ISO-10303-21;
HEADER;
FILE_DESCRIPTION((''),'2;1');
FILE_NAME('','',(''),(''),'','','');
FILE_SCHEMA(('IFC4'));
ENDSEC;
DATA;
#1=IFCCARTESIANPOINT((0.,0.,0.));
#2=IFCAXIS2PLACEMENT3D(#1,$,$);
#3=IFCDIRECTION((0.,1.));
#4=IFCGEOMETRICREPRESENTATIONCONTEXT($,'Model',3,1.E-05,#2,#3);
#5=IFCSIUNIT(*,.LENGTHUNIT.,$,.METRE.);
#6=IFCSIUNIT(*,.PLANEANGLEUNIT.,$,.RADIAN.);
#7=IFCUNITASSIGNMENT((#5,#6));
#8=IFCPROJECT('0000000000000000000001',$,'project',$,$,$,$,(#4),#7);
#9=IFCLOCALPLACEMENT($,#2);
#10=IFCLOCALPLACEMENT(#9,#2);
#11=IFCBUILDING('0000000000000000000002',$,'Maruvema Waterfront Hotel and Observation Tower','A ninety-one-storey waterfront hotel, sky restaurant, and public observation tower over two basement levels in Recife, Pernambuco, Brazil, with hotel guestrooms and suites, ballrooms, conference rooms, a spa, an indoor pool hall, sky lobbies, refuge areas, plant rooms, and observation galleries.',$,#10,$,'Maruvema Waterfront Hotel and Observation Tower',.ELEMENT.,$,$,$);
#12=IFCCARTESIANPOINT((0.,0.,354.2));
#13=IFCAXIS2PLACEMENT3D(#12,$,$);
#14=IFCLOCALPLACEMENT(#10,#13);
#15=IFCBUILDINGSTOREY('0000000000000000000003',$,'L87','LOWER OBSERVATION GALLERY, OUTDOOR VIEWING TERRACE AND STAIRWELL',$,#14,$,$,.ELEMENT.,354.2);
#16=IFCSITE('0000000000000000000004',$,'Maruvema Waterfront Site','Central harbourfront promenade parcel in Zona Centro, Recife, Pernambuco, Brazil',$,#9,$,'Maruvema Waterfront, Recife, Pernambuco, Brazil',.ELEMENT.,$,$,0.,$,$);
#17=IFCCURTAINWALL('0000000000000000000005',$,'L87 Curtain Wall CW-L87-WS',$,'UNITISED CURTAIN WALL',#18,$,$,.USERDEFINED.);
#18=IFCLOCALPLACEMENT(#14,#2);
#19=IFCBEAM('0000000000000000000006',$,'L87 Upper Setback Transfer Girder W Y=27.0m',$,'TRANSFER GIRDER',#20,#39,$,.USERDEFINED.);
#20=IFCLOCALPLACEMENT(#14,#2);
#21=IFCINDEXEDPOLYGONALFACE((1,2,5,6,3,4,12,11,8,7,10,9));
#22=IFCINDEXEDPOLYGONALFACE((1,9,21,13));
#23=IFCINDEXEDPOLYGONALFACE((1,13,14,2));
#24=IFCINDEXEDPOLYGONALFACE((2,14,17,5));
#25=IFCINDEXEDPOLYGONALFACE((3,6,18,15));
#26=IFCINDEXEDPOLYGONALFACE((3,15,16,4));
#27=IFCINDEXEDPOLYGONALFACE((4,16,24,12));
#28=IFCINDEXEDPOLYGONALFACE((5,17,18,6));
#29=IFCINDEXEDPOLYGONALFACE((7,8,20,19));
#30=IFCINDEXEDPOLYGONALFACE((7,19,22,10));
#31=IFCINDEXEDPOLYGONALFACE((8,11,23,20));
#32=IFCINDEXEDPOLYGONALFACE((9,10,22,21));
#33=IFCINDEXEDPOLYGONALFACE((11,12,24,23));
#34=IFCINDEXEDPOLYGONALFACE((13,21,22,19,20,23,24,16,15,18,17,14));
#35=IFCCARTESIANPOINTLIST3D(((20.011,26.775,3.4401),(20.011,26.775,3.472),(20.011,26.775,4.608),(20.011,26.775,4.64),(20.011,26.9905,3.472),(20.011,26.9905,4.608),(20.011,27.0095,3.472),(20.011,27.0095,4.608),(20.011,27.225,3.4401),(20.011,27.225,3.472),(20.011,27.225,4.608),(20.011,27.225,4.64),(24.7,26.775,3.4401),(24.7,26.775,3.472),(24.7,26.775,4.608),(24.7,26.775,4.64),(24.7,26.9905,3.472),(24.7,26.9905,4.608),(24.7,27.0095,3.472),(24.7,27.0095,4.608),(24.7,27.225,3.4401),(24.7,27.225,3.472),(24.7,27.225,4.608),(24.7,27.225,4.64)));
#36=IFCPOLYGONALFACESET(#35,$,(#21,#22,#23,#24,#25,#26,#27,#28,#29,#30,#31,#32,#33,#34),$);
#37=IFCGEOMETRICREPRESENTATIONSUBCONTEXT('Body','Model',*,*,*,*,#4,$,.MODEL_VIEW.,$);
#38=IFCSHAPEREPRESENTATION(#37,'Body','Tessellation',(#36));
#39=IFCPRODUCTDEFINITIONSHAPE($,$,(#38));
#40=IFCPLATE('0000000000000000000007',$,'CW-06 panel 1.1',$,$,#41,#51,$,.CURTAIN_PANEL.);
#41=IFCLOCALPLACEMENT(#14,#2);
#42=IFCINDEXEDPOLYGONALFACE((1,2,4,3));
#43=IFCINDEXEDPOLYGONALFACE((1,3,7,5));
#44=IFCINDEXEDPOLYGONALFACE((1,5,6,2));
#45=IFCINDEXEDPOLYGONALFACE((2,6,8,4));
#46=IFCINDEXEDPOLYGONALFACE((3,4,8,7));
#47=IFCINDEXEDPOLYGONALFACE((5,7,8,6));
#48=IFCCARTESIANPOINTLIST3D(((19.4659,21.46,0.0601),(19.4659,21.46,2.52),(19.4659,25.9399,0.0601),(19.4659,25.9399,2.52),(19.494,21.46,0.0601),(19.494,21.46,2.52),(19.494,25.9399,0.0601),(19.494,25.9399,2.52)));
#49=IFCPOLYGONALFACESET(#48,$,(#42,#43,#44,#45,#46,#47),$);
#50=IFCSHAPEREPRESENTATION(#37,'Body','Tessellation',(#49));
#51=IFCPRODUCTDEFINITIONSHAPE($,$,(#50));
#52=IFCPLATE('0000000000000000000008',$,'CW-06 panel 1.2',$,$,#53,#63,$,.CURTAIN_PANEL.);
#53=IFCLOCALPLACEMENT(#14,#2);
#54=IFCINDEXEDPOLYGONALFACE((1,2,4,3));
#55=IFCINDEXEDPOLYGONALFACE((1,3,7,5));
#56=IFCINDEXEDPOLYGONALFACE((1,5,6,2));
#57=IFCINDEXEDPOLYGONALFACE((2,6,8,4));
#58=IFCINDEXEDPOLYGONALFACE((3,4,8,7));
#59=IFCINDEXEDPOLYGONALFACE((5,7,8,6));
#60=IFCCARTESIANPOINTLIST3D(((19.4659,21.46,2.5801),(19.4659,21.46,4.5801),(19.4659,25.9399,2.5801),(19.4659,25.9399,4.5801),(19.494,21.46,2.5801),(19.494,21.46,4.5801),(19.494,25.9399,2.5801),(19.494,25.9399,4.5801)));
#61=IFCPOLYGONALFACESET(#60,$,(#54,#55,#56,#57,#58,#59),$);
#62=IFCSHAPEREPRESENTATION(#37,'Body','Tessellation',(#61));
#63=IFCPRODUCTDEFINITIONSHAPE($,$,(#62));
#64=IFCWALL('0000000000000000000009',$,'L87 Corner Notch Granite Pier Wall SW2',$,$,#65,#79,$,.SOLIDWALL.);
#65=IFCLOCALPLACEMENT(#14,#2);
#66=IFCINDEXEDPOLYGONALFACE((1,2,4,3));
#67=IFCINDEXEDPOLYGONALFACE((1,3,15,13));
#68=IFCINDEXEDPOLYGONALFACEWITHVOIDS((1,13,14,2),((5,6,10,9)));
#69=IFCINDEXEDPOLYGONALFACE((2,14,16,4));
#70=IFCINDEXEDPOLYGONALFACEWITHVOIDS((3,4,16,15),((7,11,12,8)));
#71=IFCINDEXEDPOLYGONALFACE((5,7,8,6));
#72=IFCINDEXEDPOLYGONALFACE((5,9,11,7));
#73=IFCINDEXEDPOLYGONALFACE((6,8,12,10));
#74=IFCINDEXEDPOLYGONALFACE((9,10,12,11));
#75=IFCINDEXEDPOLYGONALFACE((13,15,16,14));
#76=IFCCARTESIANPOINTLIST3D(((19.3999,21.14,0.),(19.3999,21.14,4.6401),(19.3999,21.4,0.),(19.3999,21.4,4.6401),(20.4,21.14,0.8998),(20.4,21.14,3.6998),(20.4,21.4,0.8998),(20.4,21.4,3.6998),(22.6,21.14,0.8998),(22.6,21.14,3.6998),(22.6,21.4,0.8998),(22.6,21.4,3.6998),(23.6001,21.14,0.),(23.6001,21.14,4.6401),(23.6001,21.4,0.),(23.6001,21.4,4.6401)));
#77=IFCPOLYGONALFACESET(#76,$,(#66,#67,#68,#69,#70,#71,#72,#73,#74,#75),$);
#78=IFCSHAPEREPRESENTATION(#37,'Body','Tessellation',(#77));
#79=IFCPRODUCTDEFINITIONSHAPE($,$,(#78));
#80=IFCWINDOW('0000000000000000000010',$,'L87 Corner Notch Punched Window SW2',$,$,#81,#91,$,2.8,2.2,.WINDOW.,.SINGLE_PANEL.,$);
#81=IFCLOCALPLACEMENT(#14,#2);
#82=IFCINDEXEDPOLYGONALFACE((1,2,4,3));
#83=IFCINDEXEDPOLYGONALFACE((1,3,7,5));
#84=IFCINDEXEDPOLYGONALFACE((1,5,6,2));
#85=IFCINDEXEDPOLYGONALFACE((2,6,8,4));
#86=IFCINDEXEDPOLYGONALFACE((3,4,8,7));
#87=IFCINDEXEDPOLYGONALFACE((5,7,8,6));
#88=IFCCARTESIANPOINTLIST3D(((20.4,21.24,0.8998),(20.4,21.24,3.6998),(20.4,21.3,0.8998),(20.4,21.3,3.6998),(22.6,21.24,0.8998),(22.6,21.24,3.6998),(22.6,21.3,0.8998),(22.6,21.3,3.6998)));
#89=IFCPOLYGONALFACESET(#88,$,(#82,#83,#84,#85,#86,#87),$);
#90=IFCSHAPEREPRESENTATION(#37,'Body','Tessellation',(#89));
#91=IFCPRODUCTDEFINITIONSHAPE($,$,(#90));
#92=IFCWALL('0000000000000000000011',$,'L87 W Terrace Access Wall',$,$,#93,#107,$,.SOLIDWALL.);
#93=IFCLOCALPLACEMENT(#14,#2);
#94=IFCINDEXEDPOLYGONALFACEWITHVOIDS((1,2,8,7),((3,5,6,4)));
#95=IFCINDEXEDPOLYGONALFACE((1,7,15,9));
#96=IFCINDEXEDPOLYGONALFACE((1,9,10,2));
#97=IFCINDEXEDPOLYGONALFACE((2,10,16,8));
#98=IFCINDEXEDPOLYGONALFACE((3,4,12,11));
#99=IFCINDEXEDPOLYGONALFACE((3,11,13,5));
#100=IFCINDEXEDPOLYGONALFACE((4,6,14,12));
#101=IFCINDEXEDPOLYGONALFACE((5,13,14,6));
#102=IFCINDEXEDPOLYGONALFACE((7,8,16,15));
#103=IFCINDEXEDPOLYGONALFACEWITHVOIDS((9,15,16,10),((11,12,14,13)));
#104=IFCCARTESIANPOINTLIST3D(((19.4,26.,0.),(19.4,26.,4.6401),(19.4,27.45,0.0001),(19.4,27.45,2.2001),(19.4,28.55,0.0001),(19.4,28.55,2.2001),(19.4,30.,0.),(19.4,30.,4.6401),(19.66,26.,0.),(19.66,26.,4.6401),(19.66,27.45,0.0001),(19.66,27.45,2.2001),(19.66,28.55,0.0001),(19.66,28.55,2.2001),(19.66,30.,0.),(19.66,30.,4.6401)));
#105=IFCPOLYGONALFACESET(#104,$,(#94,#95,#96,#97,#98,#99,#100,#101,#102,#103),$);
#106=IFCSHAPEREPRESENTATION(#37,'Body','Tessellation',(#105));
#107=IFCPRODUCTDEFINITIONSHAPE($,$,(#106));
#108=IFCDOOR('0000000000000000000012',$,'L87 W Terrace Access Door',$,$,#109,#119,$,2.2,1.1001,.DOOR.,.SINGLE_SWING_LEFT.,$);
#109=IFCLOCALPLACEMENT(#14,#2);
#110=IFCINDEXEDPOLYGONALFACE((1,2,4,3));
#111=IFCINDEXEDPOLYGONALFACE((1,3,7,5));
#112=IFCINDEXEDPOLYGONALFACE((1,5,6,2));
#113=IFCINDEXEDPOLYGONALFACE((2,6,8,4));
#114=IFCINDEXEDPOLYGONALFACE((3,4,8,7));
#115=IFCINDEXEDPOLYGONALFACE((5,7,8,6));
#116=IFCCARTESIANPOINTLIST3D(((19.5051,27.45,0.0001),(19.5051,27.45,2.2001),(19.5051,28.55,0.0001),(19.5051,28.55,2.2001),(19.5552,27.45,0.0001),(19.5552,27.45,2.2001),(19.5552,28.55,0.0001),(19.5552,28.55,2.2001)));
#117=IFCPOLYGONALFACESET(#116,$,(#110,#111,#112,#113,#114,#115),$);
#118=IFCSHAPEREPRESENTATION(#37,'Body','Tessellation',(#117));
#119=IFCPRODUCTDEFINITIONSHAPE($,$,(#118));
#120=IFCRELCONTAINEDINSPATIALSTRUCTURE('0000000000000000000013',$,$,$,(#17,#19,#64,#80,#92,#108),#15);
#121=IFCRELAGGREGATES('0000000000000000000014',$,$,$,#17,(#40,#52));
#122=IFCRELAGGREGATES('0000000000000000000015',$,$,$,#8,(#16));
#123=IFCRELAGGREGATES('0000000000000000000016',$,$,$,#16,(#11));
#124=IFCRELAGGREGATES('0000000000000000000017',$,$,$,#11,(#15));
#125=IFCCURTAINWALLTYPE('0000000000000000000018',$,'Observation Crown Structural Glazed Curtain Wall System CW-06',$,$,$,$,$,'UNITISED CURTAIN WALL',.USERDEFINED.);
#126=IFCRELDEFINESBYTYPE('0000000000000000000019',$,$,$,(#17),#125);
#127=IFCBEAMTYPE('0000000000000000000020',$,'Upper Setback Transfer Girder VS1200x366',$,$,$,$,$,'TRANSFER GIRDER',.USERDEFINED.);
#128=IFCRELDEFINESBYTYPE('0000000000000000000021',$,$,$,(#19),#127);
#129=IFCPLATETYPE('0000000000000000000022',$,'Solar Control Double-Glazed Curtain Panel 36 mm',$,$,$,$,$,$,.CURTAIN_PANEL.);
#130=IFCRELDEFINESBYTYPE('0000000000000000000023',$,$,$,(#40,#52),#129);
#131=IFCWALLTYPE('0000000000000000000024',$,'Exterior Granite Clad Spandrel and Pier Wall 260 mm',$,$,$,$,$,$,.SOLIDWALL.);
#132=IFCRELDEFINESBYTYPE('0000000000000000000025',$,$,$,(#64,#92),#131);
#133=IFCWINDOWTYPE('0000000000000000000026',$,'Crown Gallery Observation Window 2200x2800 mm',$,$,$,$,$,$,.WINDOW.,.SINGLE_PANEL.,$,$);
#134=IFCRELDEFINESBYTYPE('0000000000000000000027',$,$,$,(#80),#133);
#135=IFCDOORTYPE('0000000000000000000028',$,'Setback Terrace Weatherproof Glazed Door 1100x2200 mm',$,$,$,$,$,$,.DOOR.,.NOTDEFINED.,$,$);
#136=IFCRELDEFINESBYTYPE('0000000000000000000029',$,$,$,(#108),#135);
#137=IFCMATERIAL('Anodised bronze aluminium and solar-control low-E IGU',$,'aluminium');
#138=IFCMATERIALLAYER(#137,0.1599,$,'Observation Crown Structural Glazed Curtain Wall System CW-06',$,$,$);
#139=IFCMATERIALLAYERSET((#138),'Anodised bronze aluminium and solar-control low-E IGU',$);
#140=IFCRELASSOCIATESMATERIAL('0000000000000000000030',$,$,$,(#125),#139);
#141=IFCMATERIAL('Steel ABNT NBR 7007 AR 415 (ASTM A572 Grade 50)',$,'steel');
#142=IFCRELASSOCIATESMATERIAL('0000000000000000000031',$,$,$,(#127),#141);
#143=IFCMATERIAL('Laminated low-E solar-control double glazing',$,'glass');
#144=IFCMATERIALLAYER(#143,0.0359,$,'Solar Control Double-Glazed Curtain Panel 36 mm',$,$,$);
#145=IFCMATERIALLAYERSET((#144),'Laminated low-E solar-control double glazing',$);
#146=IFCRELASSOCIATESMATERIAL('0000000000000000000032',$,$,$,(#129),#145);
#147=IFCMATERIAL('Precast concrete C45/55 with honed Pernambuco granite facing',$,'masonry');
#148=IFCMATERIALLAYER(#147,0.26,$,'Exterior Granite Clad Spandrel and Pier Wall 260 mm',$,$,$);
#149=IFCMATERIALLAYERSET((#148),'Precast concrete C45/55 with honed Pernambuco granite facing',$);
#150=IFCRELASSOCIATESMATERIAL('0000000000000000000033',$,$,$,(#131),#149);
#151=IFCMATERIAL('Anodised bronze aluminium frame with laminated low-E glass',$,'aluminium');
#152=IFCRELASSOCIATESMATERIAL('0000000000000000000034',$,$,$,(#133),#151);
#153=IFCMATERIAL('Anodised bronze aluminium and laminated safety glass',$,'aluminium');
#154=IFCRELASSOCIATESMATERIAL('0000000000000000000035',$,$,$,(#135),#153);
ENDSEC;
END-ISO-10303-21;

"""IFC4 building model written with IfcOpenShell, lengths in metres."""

from ifc_helpers import new_model, si_unit, direction, frame, frame_2d, origin, origin_2d, place, context, subcontext, project, spatial, rectangle, i_section, extrude, material, layer, layer_set, material_profile, profile_set, type_object, element, fill, aggregate, save


model = new_model("IFC4")

# Units and contexts
model_context = context("Model", 3, precision=1e-05, world=origin(), true_north=direction((0.0, 1.0)))
body_context = subcontext(model_context, "Body", "Model", "MODEL_VIEW")
ifc_project = project(units=[si_unit("LENGTHUNIT", "METRE"), si_unit("PLANEANGLEUNIT", "RADIAN")], contexts=[model_context])

# Site, building, storey
site_placement = place(None, origin())
site = spatial("IfcSite", under=ifc_project, at=site_placement, Name="Maruvema Waterfront Site", Description="Central harbourfront promenade parcel in Zona Centro, Recife, Pernambuco, Brazil", LongName="Maruvema Waterfront, Recife, Pernambuco, Brazil", CompositionType="ELEMENT", RefElevation=0.0)
building_placement = place(site_placement, origin())
building = spatial("IfcBuilding", under=site, at=building_placement, Name="Maruvema Waterfront Hotel and Observation Tower", Description="A ninety-one-storey waterfront hotel, sky restaurant, and public observation tower over two basement levels in Recife, Pernambuco, Brazil, with hotel guestrooms and suites, ballrooms, conference rooms, a spa, an indoor pool hall, sky lobbies, refuge areas, plant rooms, and observation galleries.", LongName="Maruvema Waterfront Hotel and Observation Tower", CompositionType="ELEMENT")
storey_placement = place(building_placement, frame((0.0, 0.0, 354.2)))
storey = spatial("IfcBuildingStorey", under=building, at=storey_placement, Name="L87", Description="LOWER OBSERVATION GALLERY, OUTDOOR VIEWING TERRACE AND STAIRWELL", CompositionType="ELEMENT", Elevation=354.2)

# Curtain wall
ifc_material_1 = material(Name="Anodised bronze aluminium and solar-control low-E IGU", Category="aluminium")
ifc_layer_1 = layer(ifc_material_1, 0.1599, Name="Observation Crown Structural Glazed Curtain Wall System CW-06")
ifc_layer_set_1 = layer_set([ifc_layer_1], Name="Anodised bronze aluminium and solar-control low-E IGU")
curtain_wall_type = type_object("IfcCurtainWallType", Name="Observation Crown Structural Glazed Curtain Wall System CW-06", ElementType="UNITISED CURTAIN WALL", PredefinedType="USERDEFINED", material=ifc_layer_set_1)
curtain_wall_placement = place(storey_placement, origin())
curtain_wall = element("IfcCurtainWall", 1, at=curtain_wall_placement, inside=storey, type_object=curtain_wall_type, Name="L87 Curtain Wall CW-L87-WS", ObjectType="UNITISED CURTAIN WALL", PredefinedType="USERDEFINED")

# Beam
ifc_material_2 = material(Name="Steel ABNT NBR 7007 AR 415 (ASTM A572 Grade 50)", Category="steel")
ifc_material_profile_1 = material_profile(ifc_material_2, i_section(OverallWidth=0.45, OverallDepth=1.2, WebThickness=0.019, FlangeThickness=0.032, at=origin_2d()), Name="VS1200x366")
ifc_profile_set_1 = profile_set([ifc_material_profile_1], Name="Steel ABNT NBR 7007 AR 415 (ASTM A572 Grade 50)")
beam_type_1 = type_object("IfcBeamType", Name="Upper Setback Transfer Girder VS1200x366", ElementType="TRANSFER GIRDER", PredefinedType="USERDEFINED", material=ifc_profile_set_1)
beam_1_placement = place(storey_placement, frame((20.011, 27.0, 4.04), z_axis=(1.0, 0.0, 0.0), x_axis=(0.0, 1.0, 0.0)))
element("IfcBeam", 2, at=beam_1_placement, inside=storey, type_object=beam_type_1, Name="L87 Upper Setback Transfer Girder W Y=27.0m", ObjectType="TRANSFER GIRDER", PredefinedType="USERDEFINED", context=body_context, shape_type="SweptSolid", body=[
    extrude(i_section(OverallWidth=0.45, OverallDepth=1.2, WebThickness=0.019, FlangeThickness=0.032, at=origin_2d()), origin(), (0.0, 0.0, 1.0), 4.689),
])

# Plates
ifc_material_3 = material(Name="Laminated low-E solar-control double glazing", Category="glass")
ifc_layer_2 = layer(ifc_material_3, 0.0359, Name="Solar Control Double-Glazed Curtain Panel 36 mm")
ifc_layer_set_2 = layer_set([ifc_layer_2], Name="Laminated low-E solar-control double glazing")
plate_type = type_object("IfcPlateType", Name="Solar Control Double-Glazed Curtain Panel 36 mm", PredefinedType="CURTAIN_PANEL", material=ifc_layer_set_2)
plate_1_placement = place(storey_placement, frame((19.48, 23.7, 0.0601), z_axis=(0.0, 0.0, 1.0), x_axis=(0.0, -1.0, 0.0)))
plate_1 = element("IfcPlate", 3, at=plate_1_placement, type_object=plate_type, Name="CW-06 panel 1.1", PredefinedType="CURTAIN_PANEL", context=body_context, shape_type="SweptSolid", body=[
    extrude(rectangle(XDim=4.48, YDim=0.0281, at=origin_2d()), origin(), (0.0, 0.0, 1.0), 2.46),
])
plate_2_placement = place(storey_placement, frame((19.48, 23.7, 2.5801), z_axis=(0.0, 0.0, 1.0), x_axis=(0.0, -1.0, 0.0)))
plate_2 = element("IfcPlate", 4, at=plate_2_placement, type_object=plate_type, Name="CW-06 panel 1.2", PredefinedType="CURTAIN_PANEL", context=body_context, shape_type="SweptSolid", body=[
    extrude(rectangle(XDim=4.48, YDim=0.0281, at=origin_2d()), origin(), (0.0, 0.0, 1.0), 2.0),
])
aggregate(curtain_wall, [plate_1, plate_2])

# Wall, opening, window
ifc_material_4 = material(Name="Precast concrete C45/55 with honed Pernambuco granite facing", Category="masonry")
ifc_layer_3 = layer(ifc_material_4, 0.26, Name="Exterior Granite Clad Spandrel and Pier Wall 260 mm")
ifc_layer_set_3 = layer_set([ifc_layer_3], Name="Precast concrete C45/55 with honed Pernambuco granite facing")
wall_type = type_object("IfcWallType", Name="Exterior Granite Clad Spandrel and Pier Wall 260 mm", PredefinedType="SOLIDWALL", material=ifc_layer_set_3)
wall_1_placement = place(storey_placement, frame((23.6001, 21.27, 0.0), z_axis=(0.0, 0.0, 1.0), x_axis=(-1.0, 0.0, 0.0)))
wall_1 = element("IfcWall", 5, at=wall_1_placement, inside=storey, type_object=wall_type, Name="L87 Corner Notch Granite Pier Wall SW2", PredefinedType="SOLIDWALL", context=body_context, shape_type="SweptSolid", body=[
    extrude(rectangle(XDim=4.2002, YDim=0.26, at=frame_2d((2.1001, 0.0))), origin(), (0.0, 0.0, 1.0), 4.6401),
])
opening_1_placement = place(wall_1_placement, frame((1.0, 0.0, 0.8999)))
opening_1 = element("IfcOpeningElement", 6, at=opening_1_placement, cuts=wall_1, PredefinedType="OPENING", context=body_context, shape_type="SweptSolid", body=[
    extrude(rectangle(XDim=2.2, YDim=2.8, at=frame_2d((1.1001, 1.3999))), frame((0.0, 0.1401, 0.0), z_axis=(0.0, -1.0, 0.0), x_axis=(1.0, 0.0, 0.0)), (0.0, 0.0, 1.0), 0.28),
])
ifc_material_5 = material(Name="Anodised bronze aluminium frame with laminated low-E glass", Category="aluminium")
window_type = type_object("IfcWindowType", Name="Crown Gallery Observation Window 2200x2800 mm", PartitioningType="SINGLE_PANEL", PredefinedType="WINDOW", material=ifc_material_5)
window_placement = place(opening_1_placement, origin())
window = element("IfcWindow", 7, at=window_placement, inside=storey, type_object=window_type, Name="L87 Corner Notch Punched Window SW2", OverallHeight=2.8, OverallWidth=2.2, PartitioningType="SINGLE_PANEL", PredefinedType="WINDOW", context=body_context, shape_type="SweptSolid", body=[
    extrude(rectangle(XDim=2.2, YDim=2.8, at=frame_2d((1.1001, 1.3999))), frame((0.0, 0.03, 0.0), z_axis=(0.0, -1.0, 0.0), x_axis=(1.0, 0.0, 0.0)), (0.0, 0.0, 1.0), 0.0601),
])
fill(opening_1, window)

# Wall, opening, door
wall_2_placement = place(storey_placement, frame((19.53, 26.0, 0.0), z_axis=(0.0, 0.0, 1.0), x_axis=(0.0, 1.0, 0.0)))
wall_2 = element("IfcWall", 8, at=wall_2_placement, inside=storey, type_object=wall_type, Name="L87 W Terrace Access Wall", PredefinedType="SOLIDWALL", context=body_context, shape_type="SweptSolid", body=[
    extrude(rectangle(XDim=4.0, YDim=0.26, at=frame_2d((2.0, 0.0))), origin(), (0.0, 0.0, 1.0), 4.6401),
])
opening_2_placement = place(wall_2_placement, frame((1.45, 0.0, 0.0)))
opening_2 = element("IfcOpeningElement", 9, at=opening_2_placement, cuts=wall_2, PredefinedType="OPENING", context=body_context, shape_type="SweptSolid", body=[
    extrude(rectangle(XDim=1.1001, YDim=2.2, at=frame_2d((0.55, 1.1001))), frame((0.0, 0.1401, 0.0), z_axis=(0.0, -1.0, 0.0), x_axis=(1.0, 0.0, 0.0)), (0.0, 0.0, 1.0), 0.28),
])
ifc_material_6 = material(Name="Anodised bronze aluminium and laminated safety glass", Category="aluminium")
door_type = type_object("IfcDoorType", Name="Setback Terrace Weatherproof Glazed Door 1100x2200 mm", OperationType="NOTDEFINED", PredefinedType="DOOR", material=ifc_material_6)
door_placement = place(opening_2_placement, origin())
door = element("IfcDoor", 10, at=door_placement, inside=storey, type_object=door_type, Name="L87 W Terrace Access Door", OperationType="SINGLE_SWING_LEFT", OverallHeight=2.2, OverallWidth=1.1001, PredefinedType="DOOR", context=body_context, shape_type="SweptSolid", body=[
    extrude(rectangle(XDim=1.1001, YDim=2.2, at=frame_2d((0.55, 1.1001))), frame((0.0, 0.0249, 0.0), z_axis=(0.0, -1.0, 0.0), x_axis=(1.0, 0.0, 0.0)), (0.0, 0.0, 1.0), 0.05),
])
fill(opening_2, door)

save(model, "model.ifc")
